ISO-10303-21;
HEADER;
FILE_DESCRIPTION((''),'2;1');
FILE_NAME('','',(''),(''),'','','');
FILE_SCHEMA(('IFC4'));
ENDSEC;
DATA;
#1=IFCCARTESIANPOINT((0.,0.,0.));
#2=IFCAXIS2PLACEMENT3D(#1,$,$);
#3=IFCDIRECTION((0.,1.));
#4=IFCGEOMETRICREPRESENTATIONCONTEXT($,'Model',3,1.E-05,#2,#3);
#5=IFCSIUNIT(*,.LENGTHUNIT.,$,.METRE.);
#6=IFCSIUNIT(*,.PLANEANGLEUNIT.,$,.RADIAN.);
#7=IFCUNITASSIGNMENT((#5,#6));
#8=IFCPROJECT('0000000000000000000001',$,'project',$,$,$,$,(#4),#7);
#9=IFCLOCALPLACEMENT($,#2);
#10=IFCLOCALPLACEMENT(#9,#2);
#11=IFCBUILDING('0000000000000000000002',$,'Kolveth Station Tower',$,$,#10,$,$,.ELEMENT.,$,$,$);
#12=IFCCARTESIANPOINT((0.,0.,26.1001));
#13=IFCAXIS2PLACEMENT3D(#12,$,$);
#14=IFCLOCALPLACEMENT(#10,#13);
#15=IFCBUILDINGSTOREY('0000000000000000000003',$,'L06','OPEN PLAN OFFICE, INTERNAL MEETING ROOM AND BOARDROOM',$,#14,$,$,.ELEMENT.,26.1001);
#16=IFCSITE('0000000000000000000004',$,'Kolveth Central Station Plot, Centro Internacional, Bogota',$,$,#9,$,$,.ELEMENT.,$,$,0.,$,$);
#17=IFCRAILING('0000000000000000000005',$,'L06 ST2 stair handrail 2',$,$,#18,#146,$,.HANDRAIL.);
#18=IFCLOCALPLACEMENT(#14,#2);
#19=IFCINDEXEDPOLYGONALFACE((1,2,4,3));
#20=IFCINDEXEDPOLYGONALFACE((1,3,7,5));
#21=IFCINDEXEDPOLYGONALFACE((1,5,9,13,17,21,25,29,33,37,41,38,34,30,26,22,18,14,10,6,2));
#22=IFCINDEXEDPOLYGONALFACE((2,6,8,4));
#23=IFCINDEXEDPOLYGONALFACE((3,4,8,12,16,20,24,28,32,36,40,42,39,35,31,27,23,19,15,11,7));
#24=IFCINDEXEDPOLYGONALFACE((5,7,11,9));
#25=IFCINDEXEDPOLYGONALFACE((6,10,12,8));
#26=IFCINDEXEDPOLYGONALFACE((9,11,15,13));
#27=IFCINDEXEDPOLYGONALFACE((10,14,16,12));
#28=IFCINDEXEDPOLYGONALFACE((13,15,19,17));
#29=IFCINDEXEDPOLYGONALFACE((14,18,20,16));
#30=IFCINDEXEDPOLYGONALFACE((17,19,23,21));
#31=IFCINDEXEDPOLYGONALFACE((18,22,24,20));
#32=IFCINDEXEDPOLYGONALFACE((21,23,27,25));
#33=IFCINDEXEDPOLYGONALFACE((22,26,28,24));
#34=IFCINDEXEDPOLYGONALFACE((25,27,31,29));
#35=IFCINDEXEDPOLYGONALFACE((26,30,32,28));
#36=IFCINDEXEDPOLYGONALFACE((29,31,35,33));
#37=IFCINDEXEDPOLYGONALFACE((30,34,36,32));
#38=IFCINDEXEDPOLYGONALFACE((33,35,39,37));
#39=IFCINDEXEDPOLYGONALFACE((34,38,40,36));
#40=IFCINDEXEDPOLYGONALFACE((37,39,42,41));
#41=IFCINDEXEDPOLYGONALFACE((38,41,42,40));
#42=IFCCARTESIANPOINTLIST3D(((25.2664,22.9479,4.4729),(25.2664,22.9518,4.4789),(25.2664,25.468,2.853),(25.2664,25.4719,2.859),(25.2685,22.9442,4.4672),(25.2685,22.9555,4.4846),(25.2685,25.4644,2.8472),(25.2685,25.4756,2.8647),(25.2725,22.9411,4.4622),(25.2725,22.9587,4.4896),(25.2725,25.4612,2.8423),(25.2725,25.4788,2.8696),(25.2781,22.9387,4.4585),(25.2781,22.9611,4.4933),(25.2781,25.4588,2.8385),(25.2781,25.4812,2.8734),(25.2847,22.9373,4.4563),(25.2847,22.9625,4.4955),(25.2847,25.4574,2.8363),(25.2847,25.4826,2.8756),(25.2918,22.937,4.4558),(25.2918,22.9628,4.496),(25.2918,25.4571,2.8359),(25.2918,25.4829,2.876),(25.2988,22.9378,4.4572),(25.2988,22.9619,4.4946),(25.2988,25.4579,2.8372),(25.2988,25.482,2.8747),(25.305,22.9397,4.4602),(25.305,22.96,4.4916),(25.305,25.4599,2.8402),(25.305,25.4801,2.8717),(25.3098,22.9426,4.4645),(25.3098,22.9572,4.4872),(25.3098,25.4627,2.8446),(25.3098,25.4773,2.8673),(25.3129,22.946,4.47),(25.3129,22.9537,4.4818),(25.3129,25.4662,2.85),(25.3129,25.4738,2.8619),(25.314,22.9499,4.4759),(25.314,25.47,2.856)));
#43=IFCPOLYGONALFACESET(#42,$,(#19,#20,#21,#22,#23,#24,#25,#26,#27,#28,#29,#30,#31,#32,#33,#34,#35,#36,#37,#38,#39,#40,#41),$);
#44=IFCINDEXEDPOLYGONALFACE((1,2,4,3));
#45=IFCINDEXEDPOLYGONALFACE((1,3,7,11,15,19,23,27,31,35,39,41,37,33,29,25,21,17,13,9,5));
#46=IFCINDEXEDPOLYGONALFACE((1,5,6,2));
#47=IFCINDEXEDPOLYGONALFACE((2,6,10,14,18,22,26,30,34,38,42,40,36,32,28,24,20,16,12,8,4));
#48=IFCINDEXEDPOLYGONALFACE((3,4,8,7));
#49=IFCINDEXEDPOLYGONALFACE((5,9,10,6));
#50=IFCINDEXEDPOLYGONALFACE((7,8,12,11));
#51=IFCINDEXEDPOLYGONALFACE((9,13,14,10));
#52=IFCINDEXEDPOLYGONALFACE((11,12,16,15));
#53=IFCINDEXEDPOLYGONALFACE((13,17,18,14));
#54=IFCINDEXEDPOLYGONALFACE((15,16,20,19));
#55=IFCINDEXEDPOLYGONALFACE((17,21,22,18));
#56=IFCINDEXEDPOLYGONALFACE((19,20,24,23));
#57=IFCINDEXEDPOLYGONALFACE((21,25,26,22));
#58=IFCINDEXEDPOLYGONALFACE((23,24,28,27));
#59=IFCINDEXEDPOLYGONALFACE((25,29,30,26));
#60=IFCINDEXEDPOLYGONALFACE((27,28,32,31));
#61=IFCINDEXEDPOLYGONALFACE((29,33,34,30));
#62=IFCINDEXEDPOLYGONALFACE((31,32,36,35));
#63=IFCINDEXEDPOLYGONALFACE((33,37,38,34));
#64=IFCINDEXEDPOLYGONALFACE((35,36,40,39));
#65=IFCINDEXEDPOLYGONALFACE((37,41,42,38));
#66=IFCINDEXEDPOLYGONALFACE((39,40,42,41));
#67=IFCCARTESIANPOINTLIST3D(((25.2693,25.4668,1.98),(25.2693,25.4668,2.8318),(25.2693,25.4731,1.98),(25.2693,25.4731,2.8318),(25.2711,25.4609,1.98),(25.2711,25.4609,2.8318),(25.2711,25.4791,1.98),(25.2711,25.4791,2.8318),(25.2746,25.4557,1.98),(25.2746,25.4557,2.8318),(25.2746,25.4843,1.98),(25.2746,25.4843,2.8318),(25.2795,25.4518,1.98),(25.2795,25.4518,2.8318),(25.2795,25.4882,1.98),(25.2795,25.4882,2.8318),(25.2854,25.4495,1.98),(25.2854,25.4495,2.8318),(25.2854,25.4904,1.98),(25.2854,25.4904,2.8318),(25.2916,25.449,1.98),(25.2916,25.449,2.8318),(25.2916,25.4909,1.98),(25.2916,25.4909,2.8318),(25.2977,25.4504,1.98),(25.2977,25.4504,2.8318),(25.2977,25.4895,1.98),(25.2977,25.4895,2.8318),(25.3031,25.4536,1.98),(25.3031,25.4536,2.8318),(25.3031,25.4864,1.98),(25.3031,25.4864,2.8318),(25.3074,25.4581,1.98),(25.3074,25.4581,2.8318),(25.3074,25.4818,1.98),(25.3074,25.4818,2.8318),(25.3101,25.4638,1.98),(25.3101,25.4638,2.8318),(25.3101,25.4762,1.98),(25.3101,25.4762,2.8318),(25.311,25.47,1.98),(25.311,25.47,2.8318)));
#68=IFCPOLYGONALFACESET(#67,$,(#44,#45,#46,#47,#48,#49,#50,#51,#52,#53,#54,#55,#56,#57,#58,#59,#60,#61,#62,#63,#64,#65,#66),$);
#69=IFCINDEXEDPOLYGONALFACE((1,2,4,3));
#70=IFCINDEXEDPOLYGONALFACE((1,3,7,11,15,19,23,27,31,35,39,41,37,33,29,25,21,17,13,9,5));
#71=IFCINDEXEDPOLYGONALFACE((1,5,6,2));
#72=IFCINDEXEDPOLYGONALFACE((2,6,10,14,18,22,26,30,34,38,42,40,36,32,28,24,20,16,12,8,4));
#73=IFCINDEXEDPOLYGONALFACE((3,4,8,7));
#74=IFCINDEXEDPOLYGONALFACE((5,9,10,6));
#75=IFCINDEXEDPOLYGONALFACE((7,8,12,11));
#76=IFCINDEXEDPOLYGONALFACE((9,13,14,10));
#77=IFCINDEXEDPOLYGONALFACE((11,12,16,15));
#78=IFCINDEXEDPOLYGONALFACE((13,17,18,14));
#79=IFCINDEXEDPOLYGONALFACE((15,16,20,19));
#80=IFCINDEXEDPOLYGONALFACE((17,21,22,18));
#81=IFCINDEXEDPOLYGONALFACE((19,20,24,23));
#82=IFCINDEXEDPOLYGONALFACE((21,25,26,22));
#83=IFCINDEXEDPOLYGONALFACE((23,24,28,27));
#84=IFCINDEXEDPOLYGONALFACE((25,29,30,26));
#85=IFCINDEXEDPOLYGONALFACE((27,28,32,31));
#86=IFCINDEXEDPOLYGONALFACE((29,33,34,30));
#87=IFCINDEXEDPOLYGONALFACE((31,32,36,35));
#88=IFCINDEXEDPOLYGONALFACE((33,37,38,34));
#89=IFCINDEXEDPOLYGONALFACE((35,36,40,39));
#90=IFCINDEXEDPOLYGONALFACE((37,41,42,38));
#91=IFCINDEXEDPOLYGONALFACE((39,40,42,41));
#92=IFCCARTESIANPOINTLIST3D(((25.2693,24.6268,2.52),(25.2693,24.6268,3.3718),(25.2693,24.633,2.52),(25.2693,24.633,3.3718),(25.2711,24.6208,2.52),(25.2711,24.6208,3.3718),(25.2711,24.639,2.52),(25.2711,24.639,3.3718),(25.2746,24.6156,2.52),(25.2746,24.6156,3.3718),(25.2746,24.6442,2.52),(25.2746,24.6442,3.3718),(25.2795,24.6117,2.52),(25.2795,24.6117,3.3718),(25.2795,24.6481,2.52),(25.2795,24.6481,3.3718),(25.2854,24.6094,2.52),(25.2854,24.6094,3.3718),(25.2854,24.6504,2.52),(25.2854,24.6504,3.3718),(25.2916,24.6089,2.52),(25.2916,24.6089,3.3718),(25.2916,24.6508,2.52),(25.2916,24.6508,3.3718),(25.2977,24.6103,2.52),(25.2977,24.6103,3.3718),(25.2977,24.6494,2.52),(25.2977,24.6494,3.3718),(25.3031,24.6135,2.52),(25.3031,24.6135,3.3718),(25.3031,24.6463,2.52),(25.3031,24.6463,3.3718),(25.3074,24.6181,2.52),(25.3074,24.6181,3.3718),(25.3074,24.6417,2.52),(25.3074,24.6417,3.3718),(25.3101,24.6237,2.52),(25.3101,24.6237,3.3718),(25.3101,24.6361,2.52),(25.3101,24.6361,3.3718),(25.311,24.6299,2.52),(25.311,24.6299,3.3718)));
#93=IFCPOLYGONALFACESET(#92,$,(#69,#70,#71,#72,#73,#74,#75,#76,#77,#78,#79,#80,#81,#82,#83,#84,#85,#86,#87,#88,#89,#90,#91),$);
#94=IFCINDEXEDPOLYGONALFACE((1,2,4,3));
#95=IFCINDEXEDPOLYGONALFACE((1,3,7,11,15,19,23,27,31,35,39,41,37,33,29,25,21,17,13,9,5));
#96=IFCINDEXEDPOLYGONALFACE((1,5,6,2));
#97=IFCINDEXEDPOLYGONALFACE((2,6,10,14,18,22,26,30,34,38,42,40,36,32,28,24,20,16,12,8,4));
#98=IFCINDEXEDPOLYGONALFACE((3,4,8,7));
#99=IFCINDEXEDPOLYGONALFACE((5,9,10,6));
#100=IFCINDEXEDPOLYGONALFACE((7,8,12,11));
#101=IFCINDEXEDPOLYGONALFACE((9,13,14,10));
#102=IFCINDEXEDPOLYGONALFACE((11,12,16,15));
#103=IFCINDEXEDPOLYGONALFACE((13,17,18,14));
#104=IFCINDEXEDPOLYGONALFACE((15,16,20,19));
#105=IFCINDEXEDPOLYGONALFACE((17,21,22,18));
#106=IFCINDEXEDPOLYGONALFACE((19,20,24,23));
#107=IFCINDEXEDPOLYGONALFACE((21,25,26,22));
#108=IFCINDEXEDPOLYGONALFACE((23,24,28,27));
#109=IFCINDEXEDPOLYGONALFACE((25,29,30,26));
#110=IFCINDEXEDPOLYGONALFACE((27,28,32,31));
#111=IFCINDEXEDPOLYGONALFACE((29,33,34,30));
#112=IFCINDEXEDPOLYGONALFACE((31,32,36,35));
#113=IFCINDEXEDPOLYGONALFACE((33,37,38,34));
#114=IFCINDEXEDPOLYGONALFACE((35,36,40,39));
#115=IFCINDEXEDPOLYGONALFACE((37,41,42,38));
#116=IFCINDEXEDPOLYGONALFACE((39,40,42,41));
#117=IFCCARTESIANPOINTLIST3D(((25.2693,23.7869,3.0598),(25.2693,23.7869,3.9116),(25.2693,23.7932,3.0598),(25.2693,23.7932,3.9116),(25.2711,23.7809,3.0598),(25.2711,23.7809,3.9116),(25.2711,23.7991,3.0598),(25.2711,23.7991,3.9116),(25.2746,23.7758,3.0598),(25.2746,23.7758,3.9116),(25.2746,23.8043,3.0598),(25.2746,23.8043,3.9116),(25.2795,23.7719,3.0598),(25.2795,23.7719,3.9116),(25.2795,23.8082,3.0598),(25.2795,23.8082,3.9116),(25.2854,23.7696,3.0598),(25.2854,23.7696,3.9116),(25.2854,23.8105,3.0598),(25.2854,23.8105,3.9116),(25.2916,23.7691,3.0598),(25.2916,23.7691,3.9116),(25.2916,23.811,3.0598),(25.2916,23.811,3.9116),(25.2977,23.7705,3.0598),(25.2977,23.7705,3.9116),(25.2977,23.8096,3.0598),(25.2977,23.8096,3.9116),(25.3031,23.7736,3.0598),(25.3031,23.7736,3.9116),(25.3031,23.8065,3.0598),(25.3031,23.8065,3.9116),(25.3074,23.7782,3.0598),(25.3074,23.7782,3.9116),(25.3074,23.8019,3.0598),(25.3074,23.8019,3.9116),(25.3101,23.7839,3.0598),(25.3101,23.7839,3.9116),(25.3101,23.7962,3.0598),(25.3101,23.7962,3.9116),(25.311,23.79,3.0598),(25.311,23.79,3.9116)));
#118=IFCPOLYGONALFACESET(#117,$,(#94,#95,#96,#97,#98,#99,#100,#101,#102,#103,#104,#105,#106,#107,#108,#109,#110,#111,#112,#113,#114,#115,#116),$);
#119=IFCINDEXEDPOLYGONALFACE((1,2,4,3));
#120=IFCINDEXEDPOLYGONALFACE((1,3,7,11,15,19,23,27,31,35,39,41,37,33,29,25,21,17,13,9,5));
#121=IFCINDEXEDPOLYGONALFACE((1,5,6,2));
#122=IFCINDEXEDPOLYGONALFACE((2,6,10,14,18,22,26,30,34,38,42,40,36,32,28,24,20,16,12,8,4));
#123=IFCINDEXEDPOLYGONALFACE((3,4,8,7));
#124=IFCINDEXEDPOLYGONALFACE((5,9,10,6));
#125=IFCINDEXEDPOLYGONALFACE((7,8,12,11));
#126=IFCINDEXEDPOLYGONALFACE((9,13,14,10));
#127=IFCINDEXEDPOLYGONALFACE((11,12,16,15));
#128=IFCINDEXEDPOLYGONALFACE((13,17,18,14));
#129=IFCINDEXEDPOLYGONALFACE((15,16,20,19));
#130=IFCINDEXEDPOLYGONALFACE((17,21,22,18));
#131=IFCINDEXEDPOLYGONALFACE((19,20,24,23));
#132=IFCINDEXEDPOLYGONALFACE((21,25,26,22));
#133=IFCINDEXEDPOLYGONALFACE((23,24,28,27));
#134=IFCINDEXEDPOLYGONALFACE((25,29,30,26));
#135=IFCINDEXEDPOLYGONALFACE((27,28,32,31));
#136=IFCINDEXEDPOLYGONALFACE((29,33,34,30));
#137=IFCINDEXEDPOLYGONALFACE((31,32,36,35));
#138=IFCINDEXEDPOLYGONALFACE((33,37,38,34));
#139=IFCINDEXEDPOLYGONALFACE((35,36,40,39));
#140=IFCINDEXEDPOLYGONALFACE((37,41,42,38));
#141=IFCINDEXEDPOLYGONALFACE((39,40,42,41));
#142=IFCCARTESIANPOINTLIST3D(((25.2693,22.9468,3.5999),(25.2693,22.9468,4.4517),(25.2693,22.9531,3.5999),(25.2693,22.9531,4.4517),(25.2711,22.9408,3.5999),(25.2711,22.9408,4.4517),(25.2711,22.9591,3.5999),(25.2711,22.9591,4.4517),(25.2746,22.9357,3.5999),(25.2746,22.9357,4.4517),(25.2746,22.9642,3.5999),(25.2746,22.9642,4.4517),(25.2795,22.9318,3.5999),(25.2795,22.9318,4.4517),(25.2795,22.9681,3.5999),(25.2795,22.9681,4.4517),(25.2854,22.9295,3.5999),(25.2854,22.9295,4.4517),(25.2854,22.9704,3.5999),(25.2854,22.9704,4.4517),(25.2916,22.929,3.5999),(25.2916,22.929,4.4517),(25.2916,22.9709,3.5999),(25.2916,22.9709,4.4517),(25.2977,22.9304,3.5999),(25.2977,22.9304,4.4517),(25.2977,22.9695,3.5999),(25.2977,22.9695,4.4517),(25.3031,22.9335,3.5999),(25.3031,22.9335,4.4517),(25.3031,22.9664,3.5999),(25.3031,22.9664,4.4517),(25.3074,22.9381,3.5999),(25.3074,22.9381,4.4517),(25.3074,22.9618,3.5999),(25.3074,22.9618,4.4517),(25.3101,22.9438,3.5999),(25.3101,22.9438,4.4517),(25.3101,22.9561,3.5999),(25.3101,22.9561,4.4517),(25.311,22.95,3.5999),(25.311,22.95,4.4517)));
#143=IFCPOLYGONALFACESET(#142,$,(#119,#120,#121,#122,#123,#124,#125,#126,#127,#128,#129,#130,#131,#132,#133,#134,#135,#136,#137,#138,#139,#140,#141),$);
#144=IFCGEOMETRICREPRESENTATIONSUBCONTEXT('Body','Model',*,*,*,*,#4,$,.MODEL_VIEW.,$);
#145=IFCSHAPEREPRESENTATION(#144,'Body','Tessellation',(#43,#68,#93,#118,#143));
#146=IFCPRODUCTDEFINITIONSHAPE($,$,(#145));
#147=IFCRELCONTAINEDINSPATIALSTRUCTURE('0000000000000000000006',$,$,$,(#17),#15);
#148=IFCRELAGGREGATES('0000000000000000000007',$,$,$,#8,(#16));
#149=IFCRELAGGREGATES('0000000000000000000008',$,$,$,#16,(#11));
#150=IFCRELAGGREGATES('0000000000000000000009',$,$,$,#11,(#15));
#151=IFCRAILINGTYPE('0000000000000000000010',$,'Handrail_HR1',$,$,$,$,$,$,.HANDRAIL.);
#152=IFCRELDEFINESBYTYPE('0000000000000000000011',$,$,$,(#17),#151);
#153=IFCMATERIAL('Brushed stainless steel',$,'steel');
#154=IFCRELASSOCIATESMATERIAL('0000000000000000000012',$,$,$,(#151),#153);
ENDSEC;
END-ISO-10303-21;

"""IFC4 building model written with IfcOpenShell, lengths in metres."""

from ifc_helpers import new_model, si_unit, direction, frame, origin, origin_2d, place, context, subcontext, project, spatial, circle, extrude, material, type_object, element, save


model = new_model("IFC4")

# Units and contexts
model_context = context("Model", 3, precision=1e-05, world=origin(), true_north=direction((0.0, 1.0)))
body_context = subcontext(model_context, "Body", "Model", "MODEL_VIEW")
ifc_project = project(units=[si_unit("LENGTHUNIT", "METRE"), si_unit("PLANEANGLEUNIT", "RADIAN")], contexts=[model_context])

# Site, building, storey
site_placement = place(None, origin())
site = spatial("IfcSite", under=ifc_project, at=site_placement, Name="Kolveth Central Station Plot, Centro Internacional, Bogota", CompositionType="ELEMENT", RefElevation=0.0)
building_placement = place(site_placement, origin())
building = spatial("IfcBuilding", under=site, at=building_placement, Name="Kolveth Station Tower", CompositionType="ELEMENT")
storey_placement = place(building_placement, frame((0.0, 0.0, 26.1001)))
storey = spatial("IfcBuildingStorey", under=building, at=storey_placement, Name="L06", Description="OPEN PLAN OFFICE, INTERNAL MEETING ROOM AND BOARDROOM", CompositionType="ELEMENT", Elevation=26.1001)

# Railing
ifc_material_1 = material(Name="Brushed stainless steel", Category="steel")
railing_type_1 = type_object("IfcRailingType", Name="Handrail_HR1", PredefinedType="HANDRAIL", material=ifc_material_1)
railing_1_placement = place(storey_placement, frame((25.29, 25.47, 1.98)))
element("IfcRailing", 1, at=railing_1_placement, inside=storey, type_object=railing_type_1, Name="L06 ST2 stair handrail 2", PredefinedType="HANDRAIL", context=body_context, shape_type="SweptSolid", body=[
    extrude(circle(Radius=0.0239, at=origin_2d()), frame((0.0, 0.0, 0.876), z_axis=(0.0, -0.8412, 0.540725), x_axis=(1.0, 0.0, 0.0)), (0.0, 0.0, 1.0), 2.9958),
    extrude(circle(Radius=0.021, at=origin_2d()), origin(), (0.0, 0.0, 1.0), 0.8518),
    extrude(circle(Radius=0.021, at=origin_2d()), frame((0.0, -0.8401, 0.54)), (0.0, 0.0, 1.0), 0.8518),
    extrude(circle(Radius=0.021, at=origin_2d()), frame((0.0, -1.6799, 1.0798)), (0.0, 0.0, 1.0), 0.8518),
    extrude(circle(Radius=0.021, at=origin_2d()), frame((0.0, -2.52, 1.6199)), (0.0, 0.0, 1.0), 0.8518),
])

save(model, "model.ifc")
